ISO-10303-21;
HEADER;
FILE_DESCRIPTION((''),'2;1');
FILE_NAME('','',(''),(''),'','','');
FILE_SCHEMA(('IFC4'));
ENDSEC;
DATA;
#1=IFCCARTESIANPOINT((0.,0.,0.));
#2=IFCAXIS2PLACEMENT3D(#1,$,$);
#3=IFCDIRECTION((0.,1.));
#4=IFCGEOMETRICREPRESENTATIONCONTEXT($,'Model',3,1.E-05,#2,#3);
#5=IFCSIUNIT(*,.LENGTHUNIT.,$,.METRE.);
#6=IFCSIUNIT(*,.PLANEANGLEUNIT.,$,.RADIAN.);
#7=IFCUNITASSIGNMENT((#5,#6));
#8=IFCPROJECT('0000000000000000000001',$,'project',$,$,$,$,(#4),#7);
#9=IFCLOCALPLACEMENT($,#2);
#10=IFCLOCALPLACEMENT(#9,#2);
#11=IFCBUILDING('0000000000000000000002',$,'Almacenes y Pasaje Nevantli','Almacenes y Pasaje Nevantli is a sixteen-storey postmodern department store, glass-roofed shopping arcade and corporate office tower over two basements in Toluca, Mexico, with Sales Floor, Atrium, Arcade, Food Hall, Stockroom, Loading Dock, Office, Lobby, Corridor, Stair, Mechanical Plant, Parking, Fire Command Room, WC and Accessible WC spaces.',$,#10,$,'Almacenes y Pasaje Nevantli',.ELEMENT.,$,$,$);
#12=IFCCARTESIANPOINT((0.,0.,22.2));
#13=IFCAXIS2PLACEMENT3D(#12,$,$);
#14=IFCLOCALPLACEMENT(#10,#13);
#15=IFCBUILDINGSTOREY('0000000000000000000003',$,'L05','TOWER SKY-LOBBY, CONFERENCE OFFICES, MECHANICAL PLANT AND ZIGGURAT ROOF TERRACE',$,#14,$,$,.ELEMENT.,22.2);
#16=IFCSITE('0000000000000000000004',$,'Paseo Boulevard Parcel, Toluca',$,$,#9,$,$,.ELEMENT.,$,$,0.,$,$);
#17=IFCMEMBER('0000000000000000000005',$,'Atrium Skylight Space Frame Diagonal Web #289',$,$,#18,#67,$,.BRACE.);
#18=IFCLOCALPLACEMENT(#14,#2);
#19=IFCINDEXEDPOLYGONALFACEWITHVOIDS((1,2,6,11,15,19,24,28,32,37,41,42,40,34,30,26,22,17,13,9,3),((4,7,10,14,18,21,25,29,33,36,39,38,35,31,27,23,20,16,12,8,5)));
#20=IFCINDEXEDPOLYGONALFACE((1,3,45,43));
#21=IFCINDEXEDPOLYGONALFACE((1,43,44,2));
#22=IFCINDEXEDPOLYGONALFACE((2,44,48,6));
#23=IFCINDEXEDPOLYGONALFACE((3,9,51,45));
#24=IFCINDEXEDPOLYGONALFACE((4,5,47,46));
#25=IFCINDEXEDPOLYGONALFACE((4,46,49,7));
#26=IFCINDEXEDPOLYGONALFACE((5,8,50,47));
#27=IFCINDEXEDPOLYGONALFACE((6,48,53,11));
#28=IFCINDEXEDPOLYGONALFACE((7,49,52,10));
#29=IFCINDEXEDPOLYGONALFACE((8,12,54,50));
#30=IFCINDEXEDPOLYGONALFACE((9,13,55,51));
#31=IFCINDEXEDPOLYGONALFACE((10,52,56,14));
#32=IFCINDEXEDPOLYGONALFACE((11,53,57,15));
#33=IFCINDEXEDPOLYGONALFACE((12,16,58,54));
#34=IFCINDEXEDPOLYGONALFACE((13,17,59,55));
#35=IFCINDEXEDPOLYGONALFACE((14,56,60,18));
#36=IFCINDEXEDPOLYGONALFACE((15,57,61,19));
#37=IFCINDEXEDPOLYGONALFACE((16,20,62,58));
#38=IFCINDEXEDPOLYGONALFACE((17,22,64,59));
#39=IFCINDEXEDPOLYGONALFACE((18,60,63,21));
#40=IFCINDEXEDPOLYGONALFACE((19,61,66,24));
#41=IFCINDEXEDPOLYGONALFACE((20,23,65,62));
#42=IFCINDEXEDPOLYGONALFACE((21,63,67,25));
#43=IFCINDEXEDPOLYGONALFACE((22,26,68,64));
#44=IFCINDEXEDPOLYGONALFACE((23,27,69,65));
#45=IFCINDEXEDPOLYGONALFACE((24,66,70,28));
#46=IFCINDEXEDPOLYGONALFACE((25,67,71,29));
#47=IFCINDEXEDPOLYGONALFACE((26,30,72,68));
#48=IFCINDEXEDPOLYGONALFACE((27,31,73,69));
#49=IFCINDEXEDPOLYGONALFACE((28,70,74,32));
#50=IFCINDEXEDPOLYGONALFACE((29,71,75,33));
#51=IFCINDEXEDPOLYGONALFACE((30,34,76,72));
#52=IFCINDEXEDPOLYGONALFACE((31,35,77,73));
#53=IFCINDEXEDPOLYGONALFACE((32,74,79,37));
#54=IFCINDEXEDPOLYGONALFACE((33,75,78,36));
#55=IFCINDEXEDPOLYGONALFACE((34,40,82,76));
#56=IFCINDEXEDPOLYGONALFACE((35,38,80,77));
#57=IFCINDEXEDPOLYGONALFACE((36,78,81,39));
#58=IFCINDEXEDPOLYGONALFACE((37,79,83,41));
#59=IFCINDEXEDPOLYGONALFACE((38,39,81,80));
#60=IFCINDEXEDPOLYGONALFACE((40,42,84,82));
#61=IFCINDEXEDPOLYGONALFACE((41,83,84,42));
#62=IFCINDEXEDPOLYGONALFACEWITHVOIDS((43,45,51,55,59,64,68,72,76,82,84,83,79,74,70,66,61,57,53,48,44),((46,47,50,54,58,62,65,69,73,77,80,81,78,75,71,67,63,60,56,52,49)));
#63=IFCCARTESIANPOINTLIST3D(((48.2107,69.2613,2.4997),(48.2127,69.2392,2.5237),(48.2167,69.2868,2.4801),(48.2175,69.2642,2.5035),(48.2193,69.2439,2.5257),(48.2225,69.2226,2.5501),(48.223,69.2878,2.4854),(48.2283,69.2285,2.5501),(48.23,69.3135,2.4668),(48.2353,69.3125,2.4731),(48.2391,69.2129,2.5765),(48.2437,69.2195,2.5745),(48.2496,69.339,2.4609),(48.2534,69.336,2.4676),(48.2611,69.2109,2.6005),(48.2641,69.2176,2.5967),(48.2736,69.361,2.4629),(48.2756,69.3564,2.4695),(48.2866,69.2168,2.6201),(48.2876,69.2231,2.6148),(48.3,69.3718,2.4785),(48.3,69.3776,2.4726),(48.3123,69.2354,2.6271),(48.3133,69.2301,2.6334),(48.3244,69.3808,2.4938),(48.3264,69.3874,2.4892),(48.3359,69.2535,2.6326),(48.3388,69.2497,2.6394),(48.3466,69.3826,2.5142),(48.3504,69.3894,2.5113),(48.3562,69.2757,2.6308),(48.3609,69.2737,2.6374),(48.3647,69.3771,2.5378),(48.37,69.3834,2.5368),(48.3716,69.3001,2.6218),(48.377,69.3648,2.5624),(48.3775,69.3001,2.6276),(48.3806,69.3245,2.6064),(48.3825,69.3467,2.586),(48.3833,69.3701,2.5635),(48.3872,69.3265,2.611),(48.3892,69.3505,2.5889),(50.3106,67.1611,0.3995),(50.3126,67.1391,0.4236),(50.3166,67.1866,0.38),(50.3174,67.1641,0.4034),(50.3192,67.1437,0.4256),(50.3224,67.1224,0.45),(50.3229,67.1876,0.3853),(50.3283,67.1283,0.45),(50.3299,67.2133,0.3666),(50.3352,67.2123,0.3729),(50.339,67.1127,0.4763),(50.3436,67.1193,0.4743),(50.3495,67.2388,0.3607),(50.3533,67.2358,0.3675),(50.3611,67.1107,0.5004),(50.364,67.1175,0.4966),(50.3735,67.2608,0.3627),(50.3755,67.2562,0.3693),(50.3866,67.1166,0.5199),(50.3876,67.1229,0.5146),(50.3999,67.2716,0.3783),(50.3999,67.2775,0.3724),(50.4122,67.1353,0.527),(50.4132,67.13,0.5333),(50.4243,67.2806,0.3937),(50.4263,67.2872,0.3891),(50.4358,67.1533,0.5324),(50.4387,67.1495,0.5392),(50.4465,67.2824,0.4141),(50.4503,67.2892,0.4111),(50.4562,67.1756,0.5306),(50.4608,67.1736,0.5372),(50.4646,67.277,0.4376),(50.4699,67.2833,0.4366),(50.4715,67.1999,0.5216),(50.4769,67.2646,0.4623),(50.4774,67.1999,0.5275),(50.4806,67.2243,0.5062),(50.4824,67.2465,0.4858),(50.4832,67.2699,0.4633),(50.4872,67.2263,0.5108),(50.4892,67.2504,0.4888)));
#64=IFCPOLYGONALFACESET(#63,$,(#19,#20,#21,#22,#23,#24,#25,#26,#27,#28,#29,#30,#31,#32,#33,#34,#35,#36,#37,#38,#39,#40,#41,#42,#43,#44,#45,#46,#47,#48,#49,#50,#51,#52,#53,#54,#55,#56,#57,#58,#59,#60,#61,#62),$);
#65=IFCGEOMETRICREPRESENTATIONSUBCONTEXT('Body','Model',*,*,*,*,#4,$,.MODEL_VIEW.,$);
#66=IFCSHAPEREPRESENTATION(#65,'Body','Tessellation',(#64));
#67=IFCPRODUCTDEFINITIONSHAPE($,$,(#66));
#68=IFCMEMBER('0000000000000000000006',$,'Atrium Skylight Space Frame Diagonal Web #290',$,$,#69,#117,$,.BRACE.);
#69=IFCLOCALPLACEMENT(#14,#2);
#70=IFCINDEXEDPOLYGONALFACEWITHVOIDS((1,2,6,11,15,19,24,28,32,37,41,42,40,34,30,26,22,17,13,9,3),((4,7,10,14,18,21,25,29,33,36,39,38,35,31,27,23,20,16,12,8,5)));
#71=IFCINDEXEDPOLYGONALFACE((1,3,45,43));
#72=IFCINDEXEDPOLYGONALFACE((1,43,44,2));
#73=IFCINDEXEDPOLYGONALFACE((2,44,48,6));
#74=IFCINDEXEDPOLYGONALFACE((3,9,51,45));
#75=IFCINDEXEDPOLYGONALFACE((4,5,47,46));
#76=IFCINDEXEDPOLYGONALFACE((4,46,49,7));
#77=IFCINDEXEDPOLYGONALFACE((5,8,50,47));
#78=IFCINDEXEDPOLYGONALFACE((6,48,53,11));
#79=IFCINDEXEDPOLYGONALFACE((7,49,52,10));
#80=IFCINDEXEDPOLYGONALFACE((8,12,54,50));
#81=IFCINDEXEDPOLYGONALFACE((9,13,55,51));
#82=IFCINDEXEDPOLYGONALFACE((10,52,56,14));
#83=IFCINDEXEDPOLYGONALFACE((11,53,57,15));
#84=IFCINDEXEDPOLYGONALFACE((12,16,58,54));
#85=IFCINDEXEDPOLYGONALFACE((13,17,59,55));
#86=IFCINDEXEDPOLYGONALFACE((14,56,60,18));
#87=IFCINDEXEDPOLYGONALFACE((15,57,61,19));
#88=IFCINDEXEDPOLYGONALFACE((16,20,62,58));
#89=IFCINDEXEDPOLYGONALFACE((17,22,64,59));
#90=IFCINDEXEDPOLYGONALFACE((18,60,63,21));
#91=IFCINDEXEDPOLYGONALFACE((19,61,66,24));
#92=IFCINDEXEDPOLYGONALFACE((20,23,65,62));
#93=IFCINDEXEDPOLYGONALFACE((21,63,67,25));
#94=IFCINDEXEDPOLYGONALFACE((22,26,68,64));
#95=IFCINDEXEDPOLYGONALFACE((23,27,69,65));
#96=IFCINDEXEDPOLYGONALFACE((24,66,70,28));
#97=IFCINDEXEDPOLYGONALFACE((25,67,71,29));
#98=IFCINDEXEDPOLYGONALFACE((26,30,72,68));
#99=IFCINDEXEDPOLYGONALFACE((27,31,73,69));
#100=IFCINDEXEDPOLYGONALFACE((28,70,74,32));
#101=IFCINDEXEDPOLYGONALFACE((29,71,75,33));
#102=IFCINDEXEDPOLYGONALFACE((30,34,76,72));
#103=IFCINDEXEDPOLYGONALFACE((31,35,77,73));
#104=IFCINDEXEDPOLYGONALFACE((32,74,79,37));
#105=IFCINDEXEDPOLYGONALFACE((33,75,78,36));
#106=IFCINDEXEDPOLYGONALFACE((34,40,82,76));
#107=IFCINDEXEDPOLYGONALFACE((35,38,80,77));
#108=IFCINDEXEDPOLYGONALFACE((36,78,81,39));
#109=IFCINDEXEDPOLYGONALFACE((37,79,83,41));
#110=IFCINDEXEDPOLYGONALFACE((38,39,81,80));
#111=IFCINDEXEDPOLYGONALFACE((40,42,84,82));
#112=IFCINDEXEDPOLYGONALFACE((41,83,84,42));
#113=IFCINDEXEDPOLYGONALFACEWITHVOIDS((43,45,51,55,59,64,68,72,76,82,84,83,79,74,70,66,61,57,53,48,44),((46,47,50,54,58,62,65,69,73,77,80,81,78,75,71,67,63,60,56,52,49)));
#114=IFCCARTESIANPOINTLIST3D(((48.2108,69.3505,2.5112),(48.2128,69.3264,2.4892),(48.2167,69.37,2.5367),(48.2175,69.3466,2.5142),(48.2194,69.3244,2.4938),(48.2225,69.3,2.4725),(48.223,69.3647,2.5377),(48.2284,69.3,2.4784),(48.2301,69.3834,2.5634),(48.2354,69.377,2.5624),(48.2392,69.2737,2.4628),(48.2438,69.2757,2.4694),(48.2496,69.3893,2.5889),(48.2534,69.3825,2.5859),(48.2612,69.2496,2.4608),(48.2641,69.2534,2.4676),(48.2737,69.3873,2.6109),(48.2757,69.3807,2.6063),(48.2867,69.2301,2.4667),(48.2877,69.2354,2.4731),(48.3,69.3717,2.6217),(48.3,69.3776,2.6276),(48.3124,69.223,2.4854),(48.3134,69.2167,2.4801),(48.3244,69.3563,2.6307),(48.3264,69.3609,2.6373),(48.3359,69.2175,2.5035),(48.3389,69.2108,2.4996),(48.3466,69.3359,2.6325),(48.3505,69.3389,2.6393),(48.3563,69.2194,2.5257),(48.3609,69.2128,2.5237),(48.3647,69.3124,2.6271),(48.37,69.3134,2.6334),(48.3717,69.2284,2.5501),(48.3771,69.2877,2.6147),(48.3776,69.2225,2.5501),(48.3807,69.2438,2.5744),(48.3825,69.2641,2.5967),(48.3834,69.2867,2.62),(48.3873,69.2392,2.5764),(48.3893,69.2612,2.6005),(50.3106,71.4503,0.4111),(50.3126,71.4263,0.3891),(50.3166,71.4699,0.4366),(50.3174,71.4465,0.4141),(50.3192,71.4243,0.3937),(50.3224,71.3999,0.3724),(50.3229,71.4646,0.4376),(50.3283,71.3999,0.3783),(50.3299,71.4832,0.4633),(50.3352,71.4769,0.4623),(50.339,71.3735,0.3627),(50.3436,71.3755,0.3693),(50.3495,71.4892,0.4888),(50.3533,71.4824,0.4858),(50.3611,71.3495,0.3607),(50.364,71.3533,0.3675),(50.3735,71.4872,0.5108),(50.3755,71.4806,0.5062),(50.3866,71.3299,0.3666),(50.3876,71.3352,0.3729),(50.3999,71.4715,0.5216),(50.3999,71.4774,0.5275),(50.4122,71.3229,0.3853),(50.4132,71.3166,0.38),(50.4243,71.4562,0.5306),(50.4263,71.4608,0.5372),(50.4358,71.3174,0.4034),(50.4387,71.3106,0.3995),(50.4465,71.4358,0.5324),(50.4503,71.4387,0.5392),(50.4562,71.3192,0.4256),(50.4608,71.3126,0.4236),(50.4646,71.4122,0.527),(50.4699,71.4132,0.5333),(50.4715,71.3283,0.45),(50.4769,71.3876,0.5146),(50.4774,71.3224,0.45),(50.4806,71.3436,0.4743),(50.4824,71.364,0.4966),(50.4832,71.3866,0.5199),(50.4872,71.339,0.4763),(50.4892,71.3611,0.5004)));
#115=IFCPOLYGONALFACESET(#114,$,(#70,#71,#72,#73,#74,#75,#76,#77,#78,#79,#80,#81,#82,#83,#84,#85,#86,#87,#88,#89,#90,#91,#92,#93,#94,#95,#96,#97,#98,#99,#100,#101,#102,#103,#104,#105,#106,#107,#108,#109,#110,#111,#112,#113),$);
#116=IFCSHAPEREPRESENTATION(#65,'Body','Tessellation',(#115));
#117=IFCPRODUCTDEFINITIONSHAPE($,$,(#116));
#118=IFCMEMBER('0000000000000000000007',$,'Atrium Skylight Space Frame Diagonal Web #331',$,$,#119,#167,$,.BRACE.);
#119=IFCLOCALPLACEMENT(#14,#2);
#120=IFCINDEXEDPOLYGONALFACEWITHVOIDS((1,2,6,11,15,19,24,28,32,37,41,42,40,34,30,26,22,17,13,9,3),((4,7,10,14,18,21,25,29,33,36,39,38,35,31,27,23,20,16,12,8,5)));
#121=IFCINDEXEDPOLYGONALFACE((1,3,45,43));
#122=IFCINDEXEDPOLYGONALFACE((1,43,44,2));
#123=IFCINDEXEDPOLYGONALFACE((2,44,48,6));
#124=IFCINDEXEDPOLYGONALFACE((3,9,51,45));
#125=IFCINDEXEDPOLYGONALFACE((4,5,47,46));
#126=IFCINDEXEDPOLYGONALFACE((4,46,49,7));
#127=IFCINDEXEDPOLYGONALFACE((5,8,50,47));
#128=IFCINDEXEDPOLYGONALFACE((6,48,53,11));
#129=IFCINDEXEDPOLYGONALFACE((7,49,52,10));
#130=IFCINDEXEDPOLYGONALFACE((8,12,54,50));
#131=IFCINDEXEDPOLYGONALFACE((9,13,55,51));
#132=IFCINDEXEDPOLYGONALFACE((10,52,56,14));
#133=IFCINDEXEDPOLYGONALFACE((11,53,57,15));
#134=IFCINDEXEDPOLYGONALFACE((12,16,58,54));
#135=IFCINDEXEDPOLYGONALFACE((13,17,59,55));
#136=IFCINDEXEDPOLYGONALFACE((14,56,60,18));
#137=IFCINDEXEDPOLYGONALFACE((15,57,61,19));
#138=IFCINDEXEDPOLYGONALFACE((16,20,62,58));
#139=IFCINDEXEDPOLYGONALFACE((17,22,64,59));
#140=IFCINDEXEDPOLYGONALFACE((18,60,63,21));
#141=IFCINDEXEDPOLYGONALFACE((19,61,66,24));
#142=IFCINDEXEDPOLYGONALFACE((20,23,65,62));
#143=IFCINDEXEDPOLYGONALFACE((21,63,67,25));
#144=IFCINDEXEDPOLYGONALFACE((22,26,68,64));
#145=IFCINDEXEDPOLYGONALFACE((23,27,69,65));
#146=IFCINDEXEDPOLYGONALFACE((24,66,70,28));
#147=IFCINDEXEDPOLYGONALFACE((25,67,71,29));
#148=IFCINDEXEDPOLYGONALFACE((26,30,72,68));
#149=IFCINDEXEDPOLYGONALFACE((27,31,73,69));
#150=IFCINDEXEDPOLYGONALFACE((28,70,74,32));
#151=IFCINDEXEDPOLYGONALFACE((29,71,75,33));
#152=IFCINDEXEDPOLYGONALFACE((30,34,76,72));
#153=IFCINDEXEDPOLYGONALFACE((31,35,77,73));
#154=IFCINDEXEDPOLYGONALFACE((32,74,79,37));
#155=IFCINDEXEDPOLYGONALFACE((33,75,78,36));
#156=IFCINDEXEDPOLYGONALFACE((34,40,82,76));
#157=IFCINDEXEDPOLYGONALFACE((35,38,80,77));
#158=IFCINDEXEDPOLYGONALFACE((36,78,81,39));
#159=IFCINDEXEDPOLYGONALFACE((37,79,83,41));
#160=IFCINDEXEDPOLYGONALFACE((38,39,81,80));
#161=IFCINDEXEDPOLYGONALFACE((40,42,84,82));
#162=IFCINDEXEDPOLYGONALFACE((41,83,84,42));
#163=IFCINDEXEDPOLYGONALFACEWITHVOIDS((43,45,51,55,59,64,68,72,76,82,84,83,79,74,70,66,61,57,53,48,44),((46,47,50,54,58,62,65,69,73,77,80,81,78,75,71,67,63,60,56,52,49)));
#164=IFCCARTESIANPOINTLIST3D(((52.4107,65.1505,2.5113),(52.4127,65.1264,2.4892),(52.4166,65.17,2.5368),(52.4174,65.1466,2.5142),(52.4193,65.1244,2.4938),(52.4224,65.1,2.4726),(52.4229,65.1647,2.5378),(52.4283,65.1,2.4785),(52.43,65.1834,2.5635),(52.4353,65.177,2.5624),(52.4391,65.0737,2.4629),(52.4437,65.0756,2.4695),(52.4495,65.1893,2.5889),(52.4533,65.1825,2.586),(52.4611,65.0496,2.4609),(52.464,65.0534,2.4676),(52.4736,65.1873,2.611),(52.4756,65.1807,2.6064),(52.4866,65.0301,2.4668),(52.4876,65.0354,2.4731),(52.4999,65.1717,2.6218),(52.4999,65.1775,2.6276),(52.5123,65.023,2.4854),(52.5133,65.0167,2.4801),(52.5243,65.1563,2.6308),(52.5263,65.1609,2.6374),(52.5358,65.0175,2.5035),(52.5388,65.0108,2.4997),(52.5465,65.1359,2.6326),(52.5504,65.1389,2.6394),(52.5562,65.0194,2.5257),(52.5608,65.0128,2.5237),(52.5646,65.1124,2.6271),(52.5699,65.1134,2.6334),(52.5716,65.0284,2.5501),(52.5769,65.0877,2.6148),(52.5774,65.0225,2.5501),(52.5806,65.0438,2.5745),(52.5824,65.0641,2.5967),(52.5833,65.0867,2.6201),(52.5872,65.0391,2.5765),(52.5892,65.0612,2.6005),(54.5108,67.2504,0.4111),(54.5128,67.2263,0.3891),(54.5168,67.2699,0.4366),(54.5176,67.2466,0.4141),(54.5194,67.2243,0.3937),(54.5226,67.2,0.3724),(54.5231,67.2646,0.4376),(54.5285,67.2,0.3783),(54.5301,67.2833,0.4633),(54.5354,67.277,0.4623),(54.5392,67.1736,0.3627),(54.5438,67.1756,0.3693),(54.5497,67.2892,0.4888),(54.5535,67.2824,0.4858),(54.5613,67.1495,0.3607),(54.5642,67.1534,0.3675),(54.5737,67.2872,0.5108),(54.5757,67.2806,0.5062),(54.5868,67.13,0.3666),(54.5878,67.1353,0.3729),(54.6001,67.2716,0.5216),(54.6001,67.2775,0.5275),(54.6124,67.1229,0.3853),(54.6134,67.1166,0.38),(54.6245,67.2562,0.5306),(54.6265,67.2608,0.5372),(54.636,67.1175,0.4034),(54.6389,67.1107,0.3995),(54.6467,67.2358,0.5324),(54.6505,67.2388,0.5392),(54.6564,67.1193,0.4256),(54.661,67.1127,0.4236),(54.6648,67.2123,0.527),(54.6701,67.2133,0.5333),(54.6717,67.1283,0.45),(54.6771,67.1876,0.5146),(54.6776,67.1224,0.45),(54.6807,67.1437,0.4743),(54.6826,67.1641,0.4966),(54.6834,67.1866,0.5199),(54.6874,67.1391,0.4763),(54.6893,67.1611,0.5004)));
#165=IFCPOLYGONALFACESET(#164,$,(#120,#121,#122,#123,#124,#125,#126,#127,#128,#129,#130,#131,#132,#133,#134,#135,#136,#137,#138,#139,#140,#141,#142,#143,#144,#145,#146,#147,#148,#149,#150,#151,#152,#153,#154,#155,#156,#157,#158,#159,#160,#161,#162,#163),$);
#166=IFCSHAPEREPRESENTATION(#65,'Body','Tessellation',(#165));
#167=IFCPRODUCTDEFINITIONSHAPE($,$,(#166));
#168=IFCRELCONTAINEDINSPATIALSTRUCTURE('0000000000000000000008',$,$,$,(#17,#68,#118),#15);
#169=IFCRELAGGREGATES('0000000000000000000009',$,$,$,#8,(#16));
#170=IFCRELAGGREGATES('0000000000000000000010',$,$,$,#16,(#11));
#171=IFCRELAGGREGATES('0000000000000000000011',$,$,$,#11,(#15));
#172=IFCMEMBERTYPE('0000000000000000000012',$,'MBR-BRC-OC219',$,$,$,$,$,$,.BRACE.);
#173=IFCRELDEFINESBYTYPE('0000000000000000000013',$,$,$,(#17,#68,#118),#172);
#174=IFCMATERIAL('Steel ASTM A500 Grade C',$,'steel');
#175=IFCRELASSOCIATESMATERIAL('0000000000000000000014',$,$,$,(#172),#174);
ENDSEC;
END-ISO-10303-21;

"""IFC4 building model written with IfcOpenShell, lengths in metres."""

from ifc_helpers import new_model, si_unit, direction, frame, origin, origin_2d, place, context, subcontext, project, spatial, hollow_circle, extrude, material, material_profile, profile_set, type_object, element, save


model = new_model("IFC4")

# Units and contexts
model_context = context("Model", 3, precision=1e-05, world=origin(), true_north=direction((0.0, 1.0)))
body_context = subcontext(model_context, "Body", "Model", "MODEL_VIEW")
ifc_project = project(units=[si_unit("LENGTHUNIT", "METRE"), si_unit("PLANEANGLEUNIT", "RADIAN")], contexts=[model_context])

# Site, building, storey
site_placement = place(None, origin())
site = spatial("IfcSite", under=ifc_project, at=site_placement, Name="Paseo Boulevard Parcel, Toluca", CompositionType="ELEMENT", RefElevation=0.0)
building_placement = place(site_placement, origin())
building = spatial("IfcBuilding", under=site, at=building_placement, Name="Almacenes y Pasaje Nevantli", Description="Almacenes y Pasaje Nevantli is a sixteen-storey postmodern department store, glass-roofed shopping arcade and corporate office tower over two basements in Toluca, Mexico, with Sales Floor, Atrium, Arcade, Food Hall, Stockroom, Loading Dock, Office, Lobby, Corridor, Stair, Mechanical Plant, Parking, Fire Command Room, WC and Accessible WC spaces.", LongName="Almacenes y Pasaje Nevantli", CompositionType="ELEMENT")
storey_placement = place(building_placement, frame((0.0, 0.0, 22.2)))
storey = spatial("IfcBuildingStorey", under=building, at=storey_placement, Name="L05", Description="TOWER SKY-LOBBY, CONFERENCE OFFICES, MECHANICAL PLANT AND ZIGGURAT ROOF TERRACE", CompositionType="ELEMENT", Elevation=22.2)

# Members
ifc_material_1 = material(Name="Steel ASTM A500 Grade C", Category="steel")
ifc_material_profile_1 = material_profile(ifc_material_1, hollow_circle(Radius=0.1096, WallThickness=0.0083, at=origin_2d()), Name="OC 219x8.2")
ifc_profile_set_1 = profile_set([ifc_material_profile_1], Name="Steel ASTM A500 Grade C")
member_type_1 = type_object("IfcMemberType", Name="MBR-BRC-OC219", PredefinedType="BRACE", material=ifc_profile_set_1)
member_1_placement = place(storey_placement, frame((50.3999, 67.2, 0.45), z_axis=(-0.577306, 0.577373, 0.577373), x_axis=(-0.707148, -0.707066, 0.0)))
element("IfcMember", 1, at=member_1_placement, inside=storey, type_object=member_type_1, Name="Atrium Skylight Space Frame Diagonal Web #289", PredefinedType="BRACE", context=body_context, shape_type="SweptSolid", body=[
    extrude(hollow_circle(Radius=0.1096, WallThickness=0.0083, at=origin_2d()), origin(), (0.0, 0.0, 1.0), 3.6375),
])
member_2_placement = place(storey_placement, frame((50.3999, 71.3999, 0.45), z_axis=(-0.577328, -0.577328, 0.577395), x_axis=(0.707107, -0.707107, 0.0)))
element("IfcMember", 2, at=member_2_placement, inside=storey, type_object=member_type_1, Name="Atrium Skylight Space Frame Diagonal Web #290", PredefinedType="BRACE", context=body_context, shape_type="SweptSolid", body=[
    extrude(hollow_circle(Radius=0.1096, WallThickness=0.0083, at=origin_2d()), origin(), (0.0, 0.0, 1.0), 3.6372),
])
for number, where, z_axis, x_axis, name in (
    (3, (54.6001, 67.2, 0.45), (-0.577373, -0.577306, 0.577373), (0.707066, -0.707148, 0.0), "Atrium Skylight Space Frame Diagonal Web #331"),
):
    element("IfcMember", number, at=place(storey_placement, frame(where, z_axis=z_axis, x_axis=x_axis)), inside=storey, type_object=member_type_1, Name=name, PredefinedType="BRACE", context=body_context, shape_type="SweptSolid", body=[
        extrude(hollow_circle(Radius=0.1096, WallThickness=0.0083, at=origin_2d()), origin(), (0.0, 0.0, 1.0), 3.6375),
    ])

save(model, "model.ifc")
